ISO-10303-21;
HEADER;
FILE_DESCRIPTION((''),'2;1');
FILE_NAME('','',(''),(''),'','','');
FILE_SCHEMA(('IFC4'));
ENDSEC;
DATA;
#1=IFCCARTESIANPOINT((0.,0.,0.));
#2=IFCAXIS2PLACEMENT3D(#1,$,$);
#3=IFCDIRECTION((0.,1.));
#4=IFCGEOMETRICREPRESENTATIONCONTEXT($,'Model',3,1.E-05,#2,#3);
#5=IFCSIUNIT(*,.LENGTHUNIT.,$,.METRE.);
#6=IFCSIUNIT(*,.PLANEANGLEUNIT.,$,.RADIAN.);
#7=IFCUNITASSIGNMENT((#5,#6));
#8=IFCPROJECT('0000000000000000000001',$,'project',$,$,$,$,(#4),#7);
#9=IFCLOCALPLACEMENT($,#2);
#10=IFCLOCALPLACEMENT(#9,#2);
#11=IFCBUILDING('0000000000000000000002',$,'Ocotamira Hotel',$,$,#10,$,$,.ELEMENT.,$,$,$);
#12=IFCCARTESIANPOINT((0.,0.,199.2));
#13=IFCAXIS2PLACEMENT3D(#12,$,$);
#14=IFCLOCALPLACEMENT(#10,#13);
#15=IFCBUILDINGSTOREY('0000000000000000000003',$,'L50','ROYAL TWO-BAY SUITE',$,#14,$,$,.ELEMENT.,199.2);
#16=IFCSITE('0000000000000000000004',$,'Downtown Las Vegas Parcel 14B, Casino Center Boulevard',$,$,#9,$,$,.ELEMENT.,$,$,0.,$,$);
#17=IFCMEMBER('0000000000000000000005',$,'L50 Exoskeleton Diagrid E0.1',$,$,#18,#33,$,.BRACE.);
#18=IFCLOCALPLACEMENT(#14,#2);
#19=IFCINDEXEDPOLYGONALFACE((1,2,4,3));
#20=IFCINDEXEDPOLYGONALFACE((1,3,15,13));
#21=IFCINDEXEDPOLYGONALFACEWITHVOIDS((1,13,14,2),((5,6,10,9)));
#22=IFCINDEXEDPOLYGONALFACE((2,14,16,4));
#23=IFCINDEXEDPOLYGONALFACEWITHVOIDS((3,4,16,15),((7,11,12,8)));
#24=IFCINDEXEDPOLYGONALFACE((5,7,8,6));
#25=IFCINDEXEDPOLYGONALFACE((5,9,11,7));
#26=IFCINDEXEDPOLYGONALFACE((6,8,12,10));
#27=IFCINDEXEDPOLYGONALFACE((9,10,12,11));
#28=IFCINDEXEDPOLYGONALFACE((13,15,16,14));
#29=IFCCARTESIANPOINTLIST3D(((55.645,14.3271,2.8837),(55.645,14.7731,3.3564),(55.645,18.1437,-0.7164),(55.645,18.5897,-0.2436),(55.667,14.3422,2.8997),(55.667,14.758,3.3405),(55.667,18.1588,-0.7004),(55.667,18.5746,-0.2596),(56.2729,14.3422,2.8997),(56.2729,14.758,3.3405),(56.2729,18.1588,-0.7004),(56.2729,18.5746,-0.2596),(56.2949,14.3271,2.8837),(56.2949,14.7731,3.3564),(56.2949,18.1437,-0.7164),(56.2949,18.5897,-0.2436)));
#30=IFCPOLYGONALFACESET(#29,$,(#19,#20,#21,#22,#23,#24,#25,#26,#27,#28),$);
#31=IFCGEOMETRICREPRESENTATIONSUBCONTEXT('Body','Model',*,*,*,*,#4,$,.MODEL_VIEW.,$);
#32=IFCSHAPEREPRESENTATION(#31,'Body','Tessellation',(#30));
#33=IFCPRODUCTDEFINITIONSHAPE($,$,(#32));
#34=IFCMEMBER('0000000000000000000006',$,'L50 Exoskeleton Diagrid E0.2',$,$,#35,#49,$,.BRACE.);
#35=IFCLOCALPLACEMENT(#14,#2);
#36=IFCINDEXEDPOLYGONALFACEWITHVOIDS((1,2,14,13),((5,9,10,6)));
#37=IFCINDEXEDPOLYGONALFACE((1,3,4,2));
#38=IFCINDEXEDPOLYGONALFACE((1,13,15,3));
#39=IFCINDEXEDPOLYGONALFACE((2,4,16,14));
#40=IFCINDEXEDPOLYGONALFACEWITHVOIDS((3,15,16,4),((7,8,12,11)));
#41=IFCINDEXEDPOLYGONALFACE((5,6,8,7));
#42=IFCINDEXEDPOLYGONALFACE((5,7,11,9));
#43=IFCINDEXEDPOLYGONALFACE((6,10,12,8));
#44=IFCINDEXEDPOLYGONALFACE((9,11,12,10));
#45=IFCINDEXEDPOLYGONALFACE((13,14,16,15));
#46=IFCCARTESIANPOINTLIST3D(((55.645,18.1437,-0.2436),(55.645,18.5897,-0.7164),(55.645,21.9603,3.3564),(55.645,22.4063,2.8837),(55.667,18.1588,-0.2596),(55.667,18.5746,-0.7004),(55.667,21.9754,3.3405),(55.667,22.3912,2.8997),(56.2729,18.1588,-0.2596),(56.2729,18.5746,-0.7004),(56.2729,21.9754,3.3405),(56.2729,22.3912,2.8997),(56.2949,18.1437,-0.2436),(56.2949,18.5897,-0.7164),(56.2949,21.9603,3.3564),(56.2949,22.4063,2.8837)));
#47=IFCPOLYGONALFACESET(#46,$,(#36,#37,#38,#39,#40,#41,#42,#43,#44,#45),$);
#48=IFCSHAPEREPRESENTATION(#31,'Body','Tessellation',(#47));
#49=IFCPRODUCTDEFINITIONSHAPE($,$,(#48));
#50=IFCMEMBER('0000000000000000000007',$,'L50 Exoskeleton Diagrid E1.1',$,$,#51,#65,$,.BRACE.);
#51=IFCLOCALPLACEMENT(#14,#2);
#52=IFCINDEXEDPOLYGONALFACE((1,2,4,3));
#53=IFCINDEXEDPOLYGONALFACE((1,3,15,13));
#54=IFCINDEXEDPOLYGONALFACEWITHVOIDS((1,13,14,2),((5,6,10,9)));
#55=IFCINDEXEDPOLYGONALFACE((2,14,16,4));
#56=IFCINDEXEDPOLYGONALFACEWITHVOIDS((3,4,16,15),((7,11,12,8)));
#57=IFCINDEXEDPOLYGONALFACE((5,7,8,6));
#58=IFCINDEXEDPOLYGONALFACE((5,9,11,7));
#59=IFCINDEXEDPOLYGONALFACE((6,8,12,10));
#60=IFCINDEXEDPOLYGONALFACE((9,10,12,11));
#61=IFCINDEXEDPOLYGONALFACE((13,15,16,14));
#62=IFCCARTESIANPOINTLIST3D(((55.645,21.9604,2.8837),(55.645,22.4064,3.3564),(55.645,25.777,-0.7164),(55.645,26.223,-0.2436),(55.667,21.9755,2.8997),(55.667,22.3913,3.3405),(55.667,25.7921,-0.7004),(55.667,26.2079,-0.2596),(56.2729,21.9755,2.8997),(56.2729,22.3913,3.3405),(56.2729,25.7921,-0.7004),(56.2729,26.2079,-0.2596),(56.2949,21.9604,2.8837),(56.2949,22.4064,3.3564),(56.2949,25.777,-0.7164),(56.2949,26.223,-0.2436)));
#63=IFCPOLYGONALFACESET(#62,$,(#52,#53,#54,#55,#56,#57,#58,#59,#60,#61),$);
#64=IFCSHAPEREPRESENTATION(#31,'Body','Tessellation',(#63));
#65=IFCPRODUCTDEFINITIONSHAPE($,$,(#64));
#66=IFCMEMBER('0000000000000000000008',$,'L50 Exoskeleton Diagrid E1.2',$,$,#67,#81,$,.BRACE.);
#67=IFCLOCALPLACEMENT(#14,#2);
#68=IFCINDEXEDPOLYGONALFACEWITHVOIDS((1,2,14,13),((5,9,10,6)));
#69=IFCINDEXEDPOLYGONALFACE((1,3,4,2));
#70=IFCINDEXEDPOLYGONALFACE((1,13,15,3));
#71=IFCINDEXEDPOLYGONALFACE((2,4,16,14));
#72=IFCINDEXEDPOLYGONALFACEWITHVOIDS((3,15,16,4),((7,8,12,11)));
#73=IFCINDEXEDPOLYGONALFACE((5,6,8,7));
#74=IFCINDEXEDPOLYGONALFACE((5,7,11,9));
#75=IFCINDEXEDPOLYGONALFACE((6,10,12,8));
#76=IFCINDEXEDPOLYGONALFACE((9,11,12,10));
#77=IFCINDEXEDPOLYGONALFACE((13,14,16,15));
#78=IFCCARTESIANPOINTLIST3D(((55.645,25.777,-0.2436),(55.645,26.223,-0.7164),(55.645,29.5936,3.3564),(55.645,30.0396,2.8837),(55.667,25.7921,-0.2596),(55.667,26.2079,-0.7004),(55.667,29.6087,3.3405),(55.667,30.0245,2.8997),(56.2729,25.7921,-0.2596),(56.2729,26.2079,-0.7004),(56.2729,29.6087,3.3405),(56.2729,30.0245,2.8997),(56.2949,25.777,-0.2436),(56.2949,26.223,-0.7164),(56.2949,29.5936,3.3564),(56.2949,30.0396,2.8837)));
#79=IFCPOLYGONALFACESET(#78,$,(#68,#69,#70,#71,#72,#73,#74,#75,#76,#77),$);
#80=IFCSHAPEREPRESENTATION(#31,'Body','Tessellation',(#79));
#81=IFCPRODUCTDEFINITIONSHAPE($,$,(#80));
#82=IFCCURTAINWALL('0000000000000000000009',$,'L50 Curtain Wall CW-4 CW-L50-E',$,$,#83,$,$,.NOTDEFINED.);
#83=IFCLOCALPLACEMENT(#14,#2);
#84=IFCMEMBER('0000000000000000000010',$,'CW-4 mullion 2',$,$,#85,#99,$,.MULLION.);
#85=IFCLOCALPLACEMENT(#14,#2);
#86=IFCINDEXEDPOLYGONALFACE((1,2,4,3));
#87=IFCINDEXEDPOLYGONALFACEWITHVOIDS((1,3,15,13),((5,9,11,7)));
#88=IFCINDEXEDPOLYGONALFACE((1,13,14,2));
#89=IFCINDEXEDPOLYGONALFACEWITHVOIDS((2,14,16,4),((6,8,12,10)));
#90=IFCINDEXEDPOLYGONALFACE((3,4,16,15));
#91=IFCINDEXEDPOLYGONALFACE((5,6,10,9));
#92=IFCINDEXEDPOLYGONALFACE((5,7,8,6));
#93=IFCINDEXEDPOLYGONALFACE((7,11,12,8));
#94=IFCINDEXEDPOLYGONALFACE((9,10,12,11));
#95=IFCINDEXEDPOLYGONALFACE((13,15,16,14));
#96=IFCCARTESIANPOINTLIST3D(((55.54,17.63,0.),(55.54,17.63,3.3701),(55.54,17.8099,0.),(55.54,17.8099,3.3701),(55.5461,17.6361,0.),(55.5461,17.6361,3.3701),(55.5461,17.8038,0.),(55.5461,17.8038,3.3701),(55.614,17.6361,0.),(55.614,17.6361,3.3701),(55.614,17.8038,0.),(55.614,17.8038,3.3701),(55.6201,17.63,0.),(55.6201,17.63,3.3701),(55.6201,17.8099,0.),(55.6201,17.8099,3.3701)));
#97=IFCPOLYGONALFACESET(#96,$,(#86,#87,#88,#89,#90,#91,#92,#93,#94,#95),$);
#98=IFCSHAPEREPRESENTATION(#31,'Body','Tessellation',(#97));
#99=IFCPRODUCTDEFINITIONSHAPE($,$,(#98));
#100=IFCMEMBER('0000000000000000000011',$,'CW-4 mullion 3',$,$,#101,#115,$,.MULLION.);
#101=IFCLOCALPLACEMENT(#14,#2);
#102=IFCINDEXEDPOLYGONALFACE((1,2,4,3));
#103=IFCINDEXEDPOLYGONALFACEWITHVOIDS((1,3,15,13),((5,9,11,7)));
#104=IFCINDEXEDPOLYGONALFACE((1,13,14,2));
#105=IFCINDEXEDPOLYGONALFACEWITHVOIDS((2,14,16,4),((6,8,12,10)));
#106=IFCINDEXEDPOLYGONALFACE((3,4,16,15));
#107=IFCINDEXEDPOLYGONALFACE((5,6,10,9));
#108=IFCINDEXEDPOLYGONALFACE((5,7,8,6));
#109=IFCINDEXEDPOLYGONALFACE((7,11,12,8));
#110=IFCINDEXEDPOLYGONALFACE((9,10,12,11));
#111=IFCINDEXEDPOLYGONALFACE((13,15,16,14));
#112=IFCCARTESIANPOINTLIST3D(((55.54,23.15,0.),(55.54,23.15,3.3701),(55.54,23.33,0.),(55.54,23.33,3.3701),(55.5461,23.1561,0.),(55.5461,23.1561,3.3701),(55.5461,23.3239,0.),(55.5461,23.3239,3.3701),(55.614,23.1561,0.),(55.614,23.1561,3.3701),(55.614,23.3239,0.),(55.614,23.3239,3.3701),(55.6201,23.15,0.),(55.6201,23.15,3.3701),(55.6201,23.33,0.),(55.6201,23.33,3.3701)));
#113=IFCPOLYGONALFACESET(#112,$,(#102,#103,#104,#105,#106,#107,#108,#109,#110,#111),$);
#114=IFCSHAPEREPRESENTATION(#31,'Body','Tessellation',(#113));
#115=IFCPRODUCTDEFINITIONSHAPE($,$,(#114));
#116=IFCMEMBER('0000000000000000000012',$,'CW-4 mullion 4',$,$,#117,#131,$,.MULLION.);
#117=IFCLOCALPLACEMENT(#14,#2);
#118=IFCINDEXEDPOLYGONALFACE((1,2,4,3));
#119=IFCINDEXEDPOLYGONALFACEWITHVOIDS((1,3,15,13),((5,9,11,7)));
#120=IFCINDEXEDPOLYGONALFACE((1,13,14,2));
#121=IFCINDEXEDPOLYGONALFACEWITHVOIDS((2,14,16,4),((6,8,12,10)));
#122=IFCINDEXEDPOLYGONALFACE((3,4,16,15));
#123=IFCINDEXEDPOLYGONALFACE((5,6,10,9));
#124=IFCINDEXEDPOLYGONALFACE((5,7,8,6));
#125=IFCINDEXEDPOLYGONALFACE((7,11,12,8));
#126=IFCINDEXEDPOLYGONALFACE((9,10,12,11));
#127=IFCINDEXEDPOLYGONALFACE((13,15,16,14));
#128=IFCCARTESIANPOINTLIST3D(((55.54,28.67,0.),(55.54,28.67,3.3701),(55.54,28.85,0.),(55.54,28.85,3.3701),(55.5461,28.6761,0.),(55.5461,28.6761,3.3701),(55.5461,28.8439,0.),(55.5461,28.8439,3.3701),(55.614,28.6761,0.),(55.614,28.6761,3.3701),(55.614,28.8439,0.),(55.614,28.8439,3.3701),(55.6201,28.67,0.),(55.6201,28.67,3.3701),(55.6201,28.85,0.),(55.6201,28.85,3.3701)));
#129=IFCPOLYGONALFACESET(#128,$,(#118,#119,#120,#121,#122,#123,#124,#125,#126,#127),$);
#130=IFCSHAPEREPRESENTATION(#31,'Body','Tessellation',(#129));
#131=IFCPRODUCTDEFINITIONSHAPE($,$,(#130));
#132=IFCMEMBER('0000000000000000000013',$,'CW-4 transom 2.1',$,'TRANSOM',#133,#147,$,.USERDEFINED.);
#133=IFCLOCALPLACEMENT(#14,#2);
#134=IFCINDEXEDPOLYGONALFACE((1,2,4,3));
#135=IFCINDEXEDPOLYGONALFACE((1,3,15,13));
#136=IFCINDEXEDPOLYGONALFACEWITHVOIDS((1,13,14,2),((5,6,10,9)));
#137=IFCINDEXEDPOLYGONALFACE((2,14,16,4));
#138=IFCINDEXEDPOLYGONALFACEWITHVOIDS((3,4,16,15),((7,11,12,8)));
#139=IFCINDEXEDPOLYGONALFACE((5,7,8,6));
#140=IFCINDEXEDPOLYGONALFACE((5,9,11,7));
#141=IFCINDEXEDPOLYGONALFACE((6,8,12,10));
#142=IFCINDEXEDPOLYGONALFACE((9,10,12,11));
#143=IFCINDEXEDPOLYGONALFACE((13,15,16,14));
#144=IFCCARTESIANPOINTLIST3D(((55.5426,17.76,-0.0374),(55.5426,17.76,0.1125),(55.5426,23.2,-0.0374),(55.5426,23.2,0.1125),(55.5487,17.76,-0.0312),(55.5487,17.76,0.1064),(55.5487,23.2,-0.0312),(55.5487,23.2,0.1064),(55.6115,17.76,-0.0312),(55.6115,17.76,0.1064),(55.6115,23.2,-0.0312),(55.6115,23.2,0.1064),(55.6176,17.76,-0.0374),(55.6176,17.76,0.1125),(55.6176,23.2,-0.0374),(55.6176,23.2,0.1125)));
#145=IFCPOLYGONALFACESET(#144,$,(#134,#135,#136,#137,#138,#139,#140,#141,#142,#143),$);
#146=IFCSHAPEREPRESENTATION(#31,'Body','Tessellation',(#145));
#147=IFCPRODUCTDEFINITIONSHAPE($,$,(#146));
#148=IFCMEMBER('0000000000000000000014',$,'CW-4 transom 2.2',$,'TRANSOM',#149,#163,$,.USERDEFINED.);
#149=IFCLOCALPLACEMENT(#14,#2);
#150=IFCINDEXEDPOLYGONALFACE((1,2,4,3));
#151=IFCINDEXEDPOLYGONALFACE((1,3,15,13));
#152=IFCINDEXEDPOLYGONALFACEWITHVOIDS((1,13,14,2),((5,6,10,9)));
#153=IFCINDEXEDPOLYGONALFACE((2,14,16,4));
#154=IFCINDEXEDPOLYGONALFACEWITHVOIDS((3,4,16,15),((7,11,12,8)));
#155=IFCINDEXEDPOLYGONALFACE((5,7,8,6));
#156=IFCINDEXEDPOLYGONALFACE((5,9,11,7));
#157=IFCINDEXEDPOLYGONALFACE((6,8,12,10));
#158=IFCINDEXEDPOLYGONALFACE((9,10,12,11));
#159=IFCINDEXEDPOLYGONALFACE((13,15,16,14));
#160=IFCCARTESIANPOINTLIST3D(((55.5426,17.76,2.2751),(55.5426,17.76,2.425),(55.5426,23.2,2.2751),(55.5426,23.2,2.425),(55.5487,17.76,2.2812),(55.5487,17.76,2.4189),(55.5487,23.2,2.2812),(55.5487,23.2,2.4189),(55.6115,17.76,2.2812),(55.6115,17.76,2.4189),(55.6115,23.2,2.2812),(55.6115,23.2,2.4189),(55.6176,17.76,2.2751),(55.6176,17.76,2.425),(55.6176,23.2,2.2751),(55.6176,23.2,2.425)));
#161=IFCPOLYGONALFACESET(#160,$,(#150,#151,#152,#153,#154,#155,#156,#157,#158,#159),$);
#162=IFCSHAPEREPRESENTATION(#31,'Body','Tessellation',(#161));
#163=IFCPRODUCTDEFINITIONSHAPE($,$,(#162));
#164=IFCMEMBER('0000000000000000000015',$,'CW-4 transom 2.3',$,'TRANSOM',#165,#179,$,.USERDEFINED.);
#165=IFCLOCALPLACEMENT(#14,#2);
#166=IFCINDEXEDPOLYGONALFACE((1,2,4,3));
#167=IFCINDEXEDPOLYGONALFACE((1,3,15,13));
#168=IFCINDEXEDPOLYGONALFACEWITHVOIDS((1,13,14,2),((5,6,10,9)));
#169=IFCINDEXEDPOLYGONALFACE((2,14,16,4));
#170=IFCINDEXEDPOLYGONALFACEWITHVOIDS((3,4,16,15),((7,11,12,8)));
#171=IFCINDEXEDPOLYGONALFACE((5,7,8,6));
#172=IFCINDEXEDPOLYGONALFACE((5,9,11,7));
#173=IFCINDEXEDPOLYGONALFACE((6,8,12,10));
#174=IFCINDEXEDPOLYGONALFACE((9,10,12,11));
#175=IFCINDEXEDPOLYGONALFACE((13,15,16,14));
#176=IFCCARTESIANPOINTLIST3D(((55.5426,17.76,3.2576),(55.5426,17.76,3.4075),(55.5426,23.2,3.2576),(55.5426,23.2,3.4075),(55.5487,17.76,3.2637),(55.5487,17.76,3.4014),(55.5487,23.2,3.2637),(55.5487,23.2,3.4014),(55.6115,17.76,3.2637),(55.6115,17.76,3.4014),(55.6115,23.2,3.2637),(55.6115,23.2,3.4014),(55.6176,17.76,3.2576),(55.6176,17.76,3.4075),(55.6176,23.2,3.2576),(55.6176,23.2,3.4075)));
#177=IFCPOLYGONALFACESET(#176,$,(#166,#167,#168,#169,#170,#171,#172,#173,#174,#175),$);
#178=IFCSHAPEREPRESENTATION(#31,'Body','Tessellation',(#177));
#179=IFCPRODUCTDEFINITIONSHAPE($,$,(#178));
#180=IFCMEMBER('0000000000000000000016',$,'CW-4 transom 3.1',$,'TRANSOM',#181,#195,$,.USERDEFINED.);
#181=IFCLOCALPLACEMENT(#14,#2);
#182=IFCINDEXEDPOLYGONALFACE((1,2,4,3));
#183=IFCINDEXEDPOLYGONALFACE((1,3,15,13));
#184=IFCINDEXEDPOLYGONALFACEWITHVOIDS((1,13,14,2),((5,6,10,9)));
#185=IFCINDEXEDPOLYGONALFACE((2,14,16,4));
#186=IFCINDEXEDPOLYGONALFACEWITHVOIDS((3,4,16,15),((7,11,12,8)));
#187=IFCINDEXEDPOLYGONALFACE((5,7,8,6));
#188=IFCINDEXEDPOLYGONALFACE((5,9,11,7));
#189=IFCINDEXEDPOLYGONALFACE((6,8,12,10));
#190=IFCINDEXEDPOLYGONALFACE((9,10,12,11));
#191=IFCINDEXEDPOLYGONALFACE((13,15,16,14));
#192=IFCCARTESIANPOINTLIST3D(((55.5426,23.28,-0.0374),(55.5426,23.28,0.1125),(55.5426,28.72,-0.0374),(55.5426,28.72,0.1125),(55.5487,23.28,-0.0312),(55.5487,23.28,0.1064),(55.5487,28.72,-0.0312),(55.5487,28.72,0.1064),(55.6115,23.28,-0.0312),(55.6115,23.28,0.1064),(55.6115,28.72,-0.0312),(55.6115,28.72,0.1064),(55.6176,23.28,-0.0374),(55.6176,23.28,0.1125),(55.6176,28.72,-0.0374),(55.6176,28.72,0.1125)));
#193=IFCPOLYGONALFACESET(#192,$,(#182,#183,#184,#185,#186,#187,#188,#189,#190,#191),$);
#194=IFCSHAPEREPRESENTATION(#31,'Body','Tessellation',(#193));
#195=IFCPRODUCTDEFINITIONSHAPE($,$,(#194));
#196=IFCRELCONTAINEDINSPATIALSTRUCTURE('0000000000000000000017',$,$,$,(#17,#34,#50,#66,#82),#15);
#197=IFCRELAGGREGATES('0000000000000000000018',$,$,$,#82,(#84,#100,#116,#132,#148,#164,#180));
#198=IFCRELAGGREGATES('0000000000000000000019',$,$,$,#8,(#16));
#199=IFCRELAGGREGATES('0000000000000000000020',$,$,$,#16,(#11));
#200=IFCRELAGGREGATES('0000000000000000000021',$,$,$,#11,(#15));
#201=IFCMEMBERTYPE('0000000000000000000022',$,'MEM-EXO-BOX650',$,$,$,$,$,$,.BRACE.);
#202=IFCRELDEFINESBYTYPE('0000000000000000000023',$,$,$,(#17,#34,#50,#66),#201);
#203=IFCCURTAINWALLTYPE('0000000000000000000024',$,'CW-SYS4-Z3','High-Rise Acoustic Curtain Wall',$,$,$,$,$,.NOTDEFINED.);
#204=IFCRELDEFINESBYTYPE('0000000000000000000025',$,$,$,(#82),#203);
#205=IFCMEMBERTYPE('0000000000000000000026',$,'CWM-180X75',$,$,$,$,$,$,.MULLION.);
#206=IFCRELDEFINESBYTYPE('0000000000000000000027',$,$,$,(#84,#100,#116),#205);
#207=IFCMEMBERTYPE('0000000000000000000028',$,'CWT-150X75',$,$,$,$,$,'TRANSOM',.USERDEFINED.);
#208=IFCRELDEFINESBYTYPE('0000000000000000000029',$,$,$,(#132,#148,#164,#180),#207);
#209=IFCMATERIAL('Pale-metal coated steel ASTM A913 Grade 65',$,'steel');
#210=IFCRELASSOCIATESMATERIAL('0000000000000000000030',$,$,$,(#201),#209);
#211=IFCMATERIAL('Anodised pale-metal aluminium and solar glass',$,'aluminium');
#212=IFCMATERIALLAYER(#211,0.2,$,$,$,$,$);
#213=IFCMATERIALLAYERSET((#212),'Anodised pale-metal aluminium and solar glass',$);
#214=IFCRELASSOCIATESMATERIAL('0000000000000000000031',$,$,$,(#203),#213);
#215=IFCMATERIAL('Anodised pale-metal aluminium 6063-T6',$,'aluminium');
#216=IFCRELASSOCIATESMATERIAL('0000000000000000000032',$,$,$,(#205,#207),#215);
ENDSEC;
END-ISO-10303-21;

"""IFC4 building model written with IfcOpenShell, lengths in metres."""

from ifc_helpers import new_model, si_unit, direction, frame, origin, origin_2d, place, context, subcontext, project, spatial, hollow_rectangle, extrude, source, transform, mapped, material, layer, layer_set, material_profile, profile_set, type_object, element, aggregate, save


model = new_model("IFC4")

# Units and contexts
model_context = context("Model", 3, precision=1e-05, world=origin(), true_north=direction((0.0, 1.0)))
body_context = subcontext(model_context, "Body", "Model", "MODEL_VIEW")
ifc_project = project(units=[si_unit("LENGTHUNIT", "METRE"), si_unit("PLANEANGLEUNIT", "RADIAN")], contexts=[model_context])

# Site, building, storey
site_placement = place(None, origin())
site = spatial("IfcSite", under=ifc_project, at=site_placement, Name="Downtown Las Vegas Parcel 14B, Casino Center Boulevard", CompositionType="ELEMENT", RefElevation=0.0)
building_placement = place(site_placement, origin())
building = spatial("IfcBuilding", under=site, at=building_placement, Name="Ocotamira Hotel", CompositionType="ELEMENT")
storey_placement = place(building_placement, frame((0.0, 0.0, 199.2)))
storey = spatial("IfcBuildingStorey", under=building, at=storey_placement, Name="L50", Description="ROYAL TWO-BAY SUITE", CompositionType="ELEMENT", Elevation=199.2)

# Members
ifc_material_1 = material(Name="Pale-metal coated steel ASTM A913 Grade 65", Category="steel")
ifc_material_profile_1 = material_profile(ifc_material_1, hollow_rectangle(XDim=0.6499, YDim=0.6499, WallThickness=0.022, at=origin_2d()), Name="BOX650X650X22")
ifc_profile_set_1 = profile_set([ifc_material_profile_1], Name="Pale-metal coated steel ASTM A913 Grade 65")
member_type_1 = type_object("IfcMemberType", Name="MEM-EXO-BOX650", PredefinedType="BRACE", material=ifc_profile_set_1)
shared_shape_1 = source(origin(), body_context, "Body", "SweptSolid", [
    extrude(hollow_rectangle(XDim=0.6499, YDim=0.6499, WallThickness=0.022, at=origin_2d()), origin(), (0.0, 0.0, 1.0), 5.2466),
])
for number, where, z_axis, x_axis, name in (
    (1, (55.97, 18.3667, -0.48), (0.0, -0.727443, 0.686168), (1.0, 0.0, 0.0), "L50 Exoskeleton Diagrid E0.1"),
    (2, (55.97, 18.3667, -0.48), (0.0, 0.727443, 0.686168), (-1.0, 0.0, 0.0), "L50 Exoskeleton Diagrid E0.2"),
    (3, (55.97, 26.0, -0.48), (0.0, -0.727443, 0.686168), (1.0, 0.0, 0.0), "L50 Exoskeleton Diagrid E1.1"),
    (4, (55.97, 26.0, -0.48), (0.0, 0.727443, 0.686168), (-1.0, 0.0, 0.0), "L50 Exoskeleton Diagrid E1.2"),
):
    element("IfcMember", number, at=place(storey_placement, frame(where, z_axis=z_axis, x_axis=x_axis)), inside=storey, type_object=member_type_1, Name=name, PredefinedType="BRACE", context=body_context, shape_type="MappedRepresentation", body=[
        mapped(shared_shape_1, transform((0.0, 0.0, 0.0), scale=1.0)),
    ])

# Curtain wall, members
ifc_material_2 = material(Name="Anodised pale-metal aluminium and solar glass", Category="aluminium")
ifc_layer_1 = layer(ifc_material_2, 0.2)
ifc_layer_set_1 = layer_set([ifc_layer_1], Name="Anodised pale-metal aluminium and solar glass")
curtain_wall_type = type_object("IfcCurtainWallType", Name="CW-SYS4-Z3", Description="High-Rise Acoustic Curtain Wall", PredefinedType="NOTDEFINED", material=ifc_layer_set_1)
curtain_wall_placement = place(storey_placement, origin())
curtain_wall = element("IfcCurtainWall", 5, at=curtain_wall_placement, inside=storey, type_object=curtain_wall_type, Name="L50 Curtain Wall CW-4 CW-L50-E", PredefinedType="NOTDEFINED")
ifc_material_3 = material(Name="Anodised pale-metal aluminium 6063-T6", Category="aluminium")
ifc_material_profile_2 = material_profile(ifc_material_3, hollow_rectangle(XDim=0.0801, YDim=0.1799, WallThickness=0.0061, at=origin_2d()), Name="HSS180X80X6")
ifc_profile_set_2 = profile_set([ifc_material_profile_2], Name="Anodised pale-metal aluminium 6063-T6")
member_type_2 = type_object("IfcMemberType", Name="CWM-180X75", PredefinedType="MULLION", material=ifc_profile_set_2)
shared_shape_2 = source(origin(), body_context, "Body", "SweptSolid", [
    extrude(hollow_rectangle(XDim=0.0801, YDim=0.1799, WallThickness=0.0061, at=origin_2d()), origin(), (0.0, 0.0, 1.0), 3.3701),
])
member_1_placement = place(storey_placement, frame((55.5801, 17.72, 0.0), z_axis=(0.0, 0.0, 1.0), x_axis=(-1.0, 0.0, 0.0)))
member_1 = element("IfcMember", 6, at=member_1_placement, type_object=member_type_2, Name="CW-4 mullion 2", PredefinedType="MULLION", context=body_context, shape_type="MappedRepresentation", body=[
    mapped(shared_shape_2, transform((0.0, 0.0, 0.0), scale=1.0)),
])
member_2_placement = place(storey_placement, frame((55.5801, 23.24, 0.0), z_axis=(0.0, 0.0, 1.0), x_axis=(-1.0, 0.0, 0.0)))
member_2 = element("IfcMember", 7, at=member_2_placement, type_object=member_type_2, Name="CW-4 mullion 3", PredefinedType="MULLION", context=body_context, shape_type="MappedRepresentation", body=[
    mapped(shared_shape_2, transform((0.0, 0.0, 0.0), scale=1.0)),
])
member_3_placement = place(storey_placement, frame((55.5801, 28.76, 0.0), z_axis=(0.0, 0.0, 1.0), x_axis=(-1.0, 0.0, 0.0)))
member_3 = element("IfcMember", 8, at=member_3_placement, type_object=member_type_2, Name="CW-4 mullion 4", PredefinedType="MULLION", context=body_context, shape_type="MappedRepresentation", body=[
    mapped(shared_shape_2, transform((0.0, 0.0, 0.0), scale=1.0)),
])
ifc_material_profile_3 = material_profile(ifc_material_3, hollow_rectangle(XDim=0.075, YDim=0.1499, WallThickness=0.0061, at=origin_2d()), Name="HSS150X75X6")
ifc_profile_set_3 = profile_set([ifc_material_profile_3], Name="Anodised pale-metal aluminium 6063-T6")
member_type_3 = type_object("IfcMemberType", Name="CWT-150X75", ElementType="TRANSOM", PredefinedType="USERDEFINED", material=ifc_profile_set_3)
shared_shape_3 = source(origin(), body_context, "Body", "SweptSolid", [
    extrude(hollow_rectangle(XDim=0.075, YDim=0.1499, WallThickness=0.0061, at=origin_2d()), origin(), (0.0, 0.0, 1.0), 5.4399),
])
member_4_placement = place(storey_placement, frame((55.5801, 17.76, 0.0376), z_axis=(0.0, 1.0, 0.0), x_axis=(-1.0, 0.0, 0.0)))
member_4 = element("IfcMember", 9, at=member_4_placement, type_object=member_type_3, Name="CW-4 transom 2.1", ObjectType="TRANSOM", PredefinedType="USERDEFINED", context=body_context, shape_type="MappedRepresentation", body=[
    mapped(shared_shape_3, transform((0.0, 0.0, 0.0), scale=1.0)),
])
member_5_placement = place(storey_placement, frame((55.5801, 17.76, 2.3501), z_axis=(0.0, 1.0, 0.0), x_axis=(-1.0, 0.0, 0.0)))
member_5 = element("IfcMember", 10, at=member_5_placement, type_object=member_type_3, Name="CW-4 transom 2.2", ObjectType="TRANSOM", PredefinedType="USERDEFINED", context=body_context, shape_type="MappedRepresentation", body=[
    mapped(shared_shape_3, transform((0.0, 0.0, 0.0), scale=1.0)),
])
member_6_placement = place(storey_placement, frame((55.5801, 17.76, 3.3325), z_axis=(0.0, 1.0, 0.0), x_axis=(-1.0, 0.0, 0.0)))
member_6 = element("IfcMember", 11, at=member_6_placement, type_object=member_type_3, Name="CW-4 transom 2.3", ObjectType="TRANSOM", PredefinedType="USERDEFINED", context=body_context, shape_type="MappedRepresentation", body=[
    mapped(shared_shape_3, transform((0.0, 0.0, 0.0), scale=1.0)),
])
member_7_placement = place(storey_placement, frame((55.5801, 23.28, 0.0376), z_axis=(0.0, 1.0, 0.0), x_axis=(-1.0, 0.0, 0.0)))
member_7 = element("IfcMember", 12, at=member_7_placement, type_object=member_type_3, Name="CW-4 transom 3.1", ObjectType="TRANSOM", PredefinedType="USERDEFINED", context=body_context, shape_type="MappedRepresentation", body=[
    mapped(shared_shape_3, transform((0.0, 0.0, 0.0), scale=1.0)),
])

aggregate(curtain_wall, [member_1, member_2, member_3, member_4, member_5, member_6, member_7])

save(model, "model.ifc")
